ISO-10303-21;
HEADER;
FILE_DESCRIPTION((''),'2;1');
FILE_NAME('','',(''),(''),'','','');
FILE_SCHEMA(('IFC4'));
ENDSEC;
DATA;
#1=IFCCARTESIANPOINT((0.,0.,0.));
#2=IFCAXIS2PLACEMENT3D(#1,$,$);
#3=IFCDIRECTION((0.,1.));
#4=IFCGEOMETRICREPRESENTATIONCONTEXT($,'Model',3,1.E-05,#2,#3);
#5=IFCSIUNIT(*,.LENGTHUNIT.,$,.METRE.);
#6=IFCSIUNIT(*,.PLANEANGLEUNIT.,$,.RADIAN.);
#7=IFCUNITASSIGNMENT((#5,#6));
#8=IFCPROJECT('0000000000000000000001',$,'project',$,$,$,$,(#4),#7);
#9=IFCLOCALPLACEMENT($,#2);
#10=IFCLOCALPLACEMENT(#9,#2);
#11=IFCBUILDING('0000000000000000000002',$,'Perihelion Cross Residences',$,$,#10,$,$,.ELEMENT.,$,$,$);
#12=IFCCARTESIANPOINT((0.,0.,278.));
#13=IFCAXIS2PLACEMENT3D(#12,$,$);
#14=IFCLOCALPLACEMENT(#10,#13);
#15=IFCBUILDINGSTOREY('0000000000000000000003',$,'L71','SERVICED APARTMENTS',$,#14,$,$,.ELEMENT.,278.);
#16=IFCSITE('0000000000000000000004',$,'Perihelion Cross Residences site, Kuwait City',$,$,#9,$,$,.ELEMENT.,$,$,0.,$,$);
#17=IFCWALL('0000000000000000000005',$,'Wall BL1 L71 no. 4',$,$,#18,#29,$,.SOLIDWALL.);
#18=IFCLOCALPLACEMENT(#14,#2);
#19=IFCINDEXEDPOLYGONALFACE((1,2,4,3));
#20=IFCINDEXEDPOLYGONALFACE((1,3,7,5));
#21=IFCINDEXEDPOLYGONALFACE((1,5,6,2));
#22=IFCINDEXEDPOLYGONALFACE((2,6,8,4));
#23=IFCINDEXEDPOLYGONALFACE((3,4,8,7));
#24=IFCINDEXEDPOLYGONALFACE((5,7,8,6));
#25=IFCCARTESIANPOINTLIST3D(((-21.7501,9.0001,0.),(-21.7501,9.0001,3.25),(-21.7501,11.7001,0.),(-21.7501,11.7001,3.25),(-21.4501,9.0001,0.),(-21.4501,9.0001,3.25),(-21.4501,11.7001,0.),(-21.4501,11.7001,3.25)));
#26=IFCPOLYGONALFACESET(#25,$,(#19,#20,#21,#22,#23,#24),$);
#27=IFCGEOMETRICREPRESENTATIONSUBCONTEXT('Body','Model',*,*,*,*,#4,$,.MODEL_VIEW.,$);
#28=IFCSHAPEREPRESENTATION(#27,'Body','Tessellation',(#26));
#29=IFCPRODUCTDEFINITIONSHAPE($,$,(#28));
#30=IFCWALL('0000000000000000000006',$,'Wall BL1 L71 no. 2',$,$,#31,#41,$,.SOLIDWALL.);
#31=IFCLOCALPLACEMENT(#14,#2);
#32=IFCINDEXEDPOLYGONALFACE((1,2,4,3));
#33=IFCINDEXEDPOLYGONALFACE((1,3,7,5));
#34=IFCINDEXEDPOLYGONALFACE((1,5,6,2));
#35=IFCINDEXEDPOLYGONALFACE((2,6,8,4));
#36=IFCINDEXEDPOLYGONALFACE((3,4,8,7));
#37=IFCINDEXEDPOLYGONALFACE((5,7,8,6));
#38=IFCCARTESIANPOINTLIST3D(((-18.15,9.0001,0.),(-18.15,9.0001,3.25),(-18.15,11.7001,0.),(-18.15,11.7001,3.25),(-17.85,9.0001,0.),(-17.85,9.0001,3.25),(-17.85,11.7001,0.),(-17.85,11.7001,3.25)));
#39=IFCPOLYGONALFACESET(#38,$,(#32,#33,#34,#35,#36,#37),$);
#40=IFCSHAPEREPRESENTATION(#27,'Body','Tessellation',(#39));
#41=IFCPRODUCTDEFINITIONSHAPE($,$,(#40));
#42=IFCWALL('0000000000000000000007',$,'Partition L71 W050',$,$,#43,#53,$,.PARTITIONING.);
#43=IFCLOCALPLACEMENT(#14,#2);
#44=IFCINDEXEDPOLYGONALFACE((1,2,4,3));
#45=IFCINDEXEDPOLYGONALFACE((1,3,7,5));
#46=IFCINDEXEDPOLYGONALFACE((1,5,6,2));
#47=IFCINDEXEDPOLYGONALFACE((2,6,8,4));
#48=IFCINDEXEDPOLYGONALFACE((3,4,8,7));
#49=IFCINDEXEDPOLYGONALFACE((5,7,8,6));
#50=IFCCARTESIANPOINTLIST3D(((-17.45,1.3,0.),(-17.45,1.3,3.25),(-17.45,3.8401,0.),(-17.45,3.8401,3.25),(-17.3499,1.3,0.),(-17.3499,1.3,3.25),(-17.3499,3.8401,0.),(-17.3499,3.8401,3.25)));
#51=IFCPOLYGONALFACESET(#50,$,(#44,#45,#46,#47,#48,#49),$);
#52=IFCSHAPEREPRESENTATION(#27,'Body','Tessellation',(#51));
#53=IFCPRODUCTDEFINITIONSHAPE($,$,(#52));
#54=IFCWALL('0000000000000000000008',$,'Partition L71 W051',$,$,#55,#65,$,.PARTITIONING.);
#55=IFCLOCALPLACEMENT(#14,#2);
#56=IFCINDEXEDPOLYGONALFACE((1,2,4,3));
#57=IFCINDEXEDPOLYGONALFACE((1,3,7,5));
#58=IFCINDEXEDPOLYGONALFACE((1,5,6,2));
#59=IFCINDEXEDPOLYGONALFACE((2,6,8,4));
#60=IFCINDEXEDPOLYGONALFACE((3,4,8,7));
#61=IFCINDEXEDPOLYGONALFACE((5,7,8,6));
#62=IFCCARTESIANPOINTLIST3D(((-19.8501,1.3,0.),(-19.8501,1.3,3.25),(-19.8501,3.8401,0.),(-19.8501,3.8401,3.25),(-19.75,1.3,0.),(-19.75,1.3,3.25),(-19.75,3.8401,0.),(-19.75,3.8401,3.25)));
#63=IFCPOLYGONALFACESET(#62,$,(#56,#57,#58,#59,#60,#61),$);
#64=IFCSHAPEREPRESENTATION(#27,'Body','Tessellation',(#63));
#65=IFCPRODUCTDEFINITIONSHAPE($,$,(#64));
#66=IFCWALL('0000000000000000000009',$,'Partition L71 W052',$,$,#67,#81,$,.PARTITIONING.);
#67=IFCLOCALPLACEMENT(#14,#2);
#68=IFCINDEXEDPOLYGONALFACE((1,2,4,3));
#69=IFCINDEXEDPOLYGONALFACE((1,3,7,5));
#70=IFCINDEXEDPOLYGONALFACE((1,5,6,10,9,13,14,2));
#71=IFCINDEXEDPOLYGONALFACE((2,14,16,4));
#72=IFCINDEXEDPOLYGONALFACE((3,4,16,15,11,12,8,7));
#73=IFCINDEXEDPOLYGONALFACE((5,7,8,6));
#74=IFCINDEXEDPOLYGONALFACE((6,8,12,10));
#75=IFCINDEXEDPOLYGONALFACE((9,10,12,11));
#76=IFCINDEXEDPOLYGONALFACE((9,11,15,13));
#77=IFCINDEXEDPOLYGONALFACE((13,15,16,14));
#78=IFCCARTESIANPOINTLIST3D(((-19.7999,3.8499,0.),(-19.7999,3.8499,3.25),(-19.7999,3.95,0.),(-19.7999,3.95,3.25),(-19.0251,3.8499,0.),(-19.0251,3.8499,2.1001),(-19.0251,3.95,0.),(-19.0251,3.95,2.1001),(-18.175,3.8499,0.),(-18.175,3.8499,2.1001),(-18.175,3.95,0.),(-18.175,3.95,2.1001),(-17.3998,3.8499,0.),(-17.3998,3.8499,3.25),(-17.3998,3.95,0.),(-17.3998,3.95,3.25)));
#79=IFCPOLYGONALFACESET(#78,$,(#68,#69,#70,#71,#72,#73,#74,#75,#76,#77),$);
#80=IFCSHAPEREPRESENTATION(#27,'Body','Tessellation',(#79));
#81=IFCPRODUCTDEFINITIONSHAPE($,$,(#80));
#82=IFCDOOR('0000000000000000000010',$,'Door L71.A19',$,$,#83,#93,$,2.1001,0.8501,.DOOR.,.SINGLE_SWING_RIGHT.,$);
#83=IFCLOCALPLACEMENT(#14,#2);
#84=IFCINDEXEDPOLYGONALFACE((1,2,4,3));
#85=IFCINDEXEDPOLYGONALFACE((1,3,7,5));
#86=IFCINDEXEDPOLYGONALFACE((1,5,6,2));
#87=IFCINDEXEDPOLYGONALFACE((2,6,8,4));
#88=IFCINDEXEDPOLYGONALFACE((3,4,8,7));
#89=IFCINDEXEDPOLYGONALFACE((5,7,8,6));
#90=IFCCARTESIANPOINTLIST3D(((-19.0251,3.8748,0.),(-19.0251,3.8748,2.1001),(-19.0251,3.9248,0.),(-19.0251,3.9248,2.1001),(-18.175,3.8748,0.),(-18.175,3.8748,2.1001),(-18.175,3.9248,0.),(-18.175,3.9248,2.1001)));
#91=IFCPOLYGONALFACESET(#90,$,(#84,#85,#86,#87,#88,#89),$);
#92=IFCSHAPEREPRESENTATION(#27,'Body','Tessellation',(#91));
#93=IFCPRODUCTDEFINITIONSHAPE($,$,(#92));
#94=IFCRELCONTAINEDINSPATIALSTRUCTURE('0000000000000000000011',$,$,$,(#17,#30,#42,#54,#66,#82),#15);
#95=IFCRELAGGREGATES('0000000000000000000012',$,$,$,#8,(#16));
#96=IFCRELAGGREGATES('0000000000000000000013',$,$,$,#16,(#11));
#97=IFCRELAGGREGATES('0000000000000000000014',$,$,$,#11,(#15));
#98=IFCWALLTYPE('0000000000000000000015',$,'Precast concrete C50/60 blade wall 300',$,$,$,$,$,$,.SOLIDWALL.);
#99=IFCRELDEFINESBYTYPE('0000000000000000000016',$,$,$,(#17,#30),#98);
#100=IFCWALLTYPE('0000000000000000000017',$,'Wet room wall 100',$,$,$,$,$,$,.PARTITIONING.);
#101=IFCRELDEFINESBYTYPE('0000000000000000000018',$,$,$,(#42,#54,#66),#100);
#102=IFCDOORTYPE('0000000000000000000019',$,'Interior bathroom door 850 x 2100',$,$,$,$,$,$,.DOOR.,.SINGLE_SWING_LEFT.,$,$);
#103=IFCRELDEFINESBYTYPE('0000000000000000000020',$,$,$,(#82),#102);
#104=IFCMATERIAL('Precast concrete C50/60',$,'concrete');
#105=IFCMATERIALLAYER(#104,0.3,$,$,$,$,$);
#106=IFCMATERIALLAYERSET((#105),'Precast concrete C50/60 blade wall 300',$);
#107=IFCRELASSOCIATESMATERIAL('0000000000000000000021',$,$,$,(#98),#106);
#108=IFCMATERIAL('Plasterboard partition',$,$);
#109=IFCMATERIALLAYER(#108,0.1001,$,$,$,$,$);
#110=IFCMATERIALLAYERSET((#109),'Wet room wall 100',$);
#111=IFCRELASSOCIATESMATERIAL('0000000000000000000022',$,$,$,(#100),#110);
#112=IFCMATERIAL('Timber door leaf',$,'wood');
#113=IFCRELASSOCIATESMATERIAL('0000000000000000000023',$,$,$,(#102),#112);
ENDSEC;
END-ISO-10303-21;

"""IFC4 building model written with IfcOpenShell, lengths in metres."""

from ifc_helpers import new_model, si_unit, direction, frame, frame_2d, origin, place, context, subcontext, project, spatial, rectangle, extrude, material, layer, layer_set, type_object, element, fill, save


model = new_model("IFC4")

# Units and contexts
model_context = context("Model", 3, precision=1e-05, world=origin(), true_north=direction((0.0, 1.0)))
body_context = subcontext(model_context, "Body", "Model", "MODEL_VIEW")
ifc_project = project(units=[si_unit("LENGTHUNIT", "METRE"), si_unit("PLANEANGLEUNIT", "RADIAN")], contexts=[model_context])

# Site, building, storey
site_placement = place(None, origin())
site = spatial("IfcSite", under=ifc_project, at=site_placement, Name="Perihelion Cross Residences site, Kuwait City", CompositionType="ELEMENT", RefElevation=0.0)
building_placement = place(site_placement, origin())
building = spatial("IfcBuilding", under=site, at=building_placement, Name="Perihelion Cross Residences", CompositionType="ELEMENT")
storey_placement = place(building_placement, frame((0.0, 0.0, 278.0)))
storey = spatial("IfcBuildingStorey", under=building, at=storey_placement, Name="L71", Description="SERVICED APARTMENTS", CompositionType="ELEMENT", Elevation=278.0)

# Walls
ifc_material_1 = material(Name="Precast concrete C50/60", Category="concrete")
ifc_layer_1 = layer(ifc_material_1, 0.3)
ifc_layer_set_1 = layer_set([ifc_layer_1], Name="Precast concrete C50/60 blade wall 300")
wall_type_1 = type_object("IfcWallType", Name="Precast concrete C50/60 blade wall 300", PredefinedType="SOLIDWALL", material=ifc_layer_set_1)
for number, where, z_axis, x_axis, name in (
    (1, (-21.6001, 9.0, 0.0), (0.0, 0.0, 1.0), (0.0, 1.0, 0.0), "Wall BL1 L71 no. 4"),
    (2, (-18.0, 9.0, 0.0), (0.0, 0.0, 1.0), (0.0, 1.0, 0.0), "Wall BL1 L71 no. 2"),
):
    element("IfcWall", number, at=place(storey_placement, frame(where, z_axis=z_axis, x_axis=x_axis)), inside=storey, type_object=wall_type_1, Name=name, PredefinedType="SOLIDWALL", context=body_context, shape_type="SweptSolid", body=[
        extrude(rectangle(XDim=2.7, YDim=0.3, at=frame_2d((1.3501, 0.0))), origin(), (0.0, 0.0, 1.0), 3.25),
    ])
ifc_material_2 = material(Name="Plasterboard partition")
ifc_layer_2 = layer(ifc_material_2, 0.1001)
ifc_layer_set_2 = layer_set([ifc_layer_2], Name="Wet room wall 100")
wall_type_2 = type_object("IfcWallType", Name="Wet room wall 100", PredefinedType="PARTITIONING", material=ifc_layer_set_2)
for number, where, z_axis, x_axis, name in (
    (3, (-17.3999, 1.3, 0.0), (0.0, 0.0, 1.0), (0.0, 1.0, 0.0), "Partition L71 W050"),
    (4, (-19.8, 1.3, 0.0), (0.0, 0.0, 1.0), (0.0, 1.0, 0.0), "Partition L71 W051"),
):
    element("IfcWall", number, at=place(storey_placement, frame(where, z_axis=z_axis, x_axis=x_axis)), inside=storey, type_object=wall_type_2, Name=name, PredefinedType="PARTITIONING", context=body_context, shape_type="SweptSolid", body=[
        extrude(rectangle(XDim=2.54, YDim=0.1001, at=frame_2d((1.27, 0.0))), origin(), (0.0, 0.0, 1.0), 3.25),
    ])

# Wall, opening, door
wall_1_placement = place(storey_placement, frame((-19.8, 3.8999, 0.0), z_axis=(0.0, 0.0, 1.0), x_axis=(1.0, 0.0, 0.0)))
wall_1 = element("IfcWall", 5, at=wall_1_placement, inside=storey, type_object=wall_type_2, Name="Partition L71 W052", PredefinedType="PARTITIONING", context=body_context, shape_type="SweptSolid", body=[
    extrude(rectangle(XDim=2.4001, YDim=0.1001, at=frame_2d((1.2002, 0.0))), origin(), (0.0, 0.0, 1.0), 3.25),
])
opening_1_placement = place(wall_1_placement, frame((0.7749, 0.0, 0.0)))
opening_1 = element("IfcOpeningElement", 6, at=opening_1_placement, cuts=wall_1, PredefinedType="OPENING", context=body_context, shape_type="SweptSolid", body=[
    extrude(rectangle(XDim=0.8501, YDim=2.1001, at=frame_2d((0.425, 1.05))), frame((0.0, 0.0601, 0.0), z_axis=(0.0, -1.0, 0.0), x_axis=(1.0, 0.0, 0.0)), (0.0, 0.0, 1.0), 0.1201),
])
ifc_material_3 = material(Name="Timber door leaf", Category="wood")
door_type_1 = type_object("IfcDoorType", Name="Interior bathroom door 850 x 2100", OperationType="SINGLE_SWING_LEFT", PredefinedType="DOOR", material=ifc_material_3)
door_1_placement = place(opening_1_placement, origin())
door_1 = element("IfcDoor", 7, at=door_1_placement, inside=storey, type_object=door_type_1, Name="Door L71.A19", OperationType="SINGLE_SWING_RIGHT", OverallHeight=2.1001, OverallWidth=0.8501, PredefinedType="DOOR", context=body_context, shape_type="SweptSolid", body=[
    extrude(rectangle(XDim=0.8501, YDim=2.1001, at=frame_2d((0.425, 1.05))), frame((0.0, 0.0249, 0.0), z_axis=(0.0, -1.0, 0.0), x_axis=(1.0, 0.0, 0.0)), (0.0, 0.0, 1.0), 0.05),
])
fill(opening_1, door_1)

save(model, "model.ifc")
